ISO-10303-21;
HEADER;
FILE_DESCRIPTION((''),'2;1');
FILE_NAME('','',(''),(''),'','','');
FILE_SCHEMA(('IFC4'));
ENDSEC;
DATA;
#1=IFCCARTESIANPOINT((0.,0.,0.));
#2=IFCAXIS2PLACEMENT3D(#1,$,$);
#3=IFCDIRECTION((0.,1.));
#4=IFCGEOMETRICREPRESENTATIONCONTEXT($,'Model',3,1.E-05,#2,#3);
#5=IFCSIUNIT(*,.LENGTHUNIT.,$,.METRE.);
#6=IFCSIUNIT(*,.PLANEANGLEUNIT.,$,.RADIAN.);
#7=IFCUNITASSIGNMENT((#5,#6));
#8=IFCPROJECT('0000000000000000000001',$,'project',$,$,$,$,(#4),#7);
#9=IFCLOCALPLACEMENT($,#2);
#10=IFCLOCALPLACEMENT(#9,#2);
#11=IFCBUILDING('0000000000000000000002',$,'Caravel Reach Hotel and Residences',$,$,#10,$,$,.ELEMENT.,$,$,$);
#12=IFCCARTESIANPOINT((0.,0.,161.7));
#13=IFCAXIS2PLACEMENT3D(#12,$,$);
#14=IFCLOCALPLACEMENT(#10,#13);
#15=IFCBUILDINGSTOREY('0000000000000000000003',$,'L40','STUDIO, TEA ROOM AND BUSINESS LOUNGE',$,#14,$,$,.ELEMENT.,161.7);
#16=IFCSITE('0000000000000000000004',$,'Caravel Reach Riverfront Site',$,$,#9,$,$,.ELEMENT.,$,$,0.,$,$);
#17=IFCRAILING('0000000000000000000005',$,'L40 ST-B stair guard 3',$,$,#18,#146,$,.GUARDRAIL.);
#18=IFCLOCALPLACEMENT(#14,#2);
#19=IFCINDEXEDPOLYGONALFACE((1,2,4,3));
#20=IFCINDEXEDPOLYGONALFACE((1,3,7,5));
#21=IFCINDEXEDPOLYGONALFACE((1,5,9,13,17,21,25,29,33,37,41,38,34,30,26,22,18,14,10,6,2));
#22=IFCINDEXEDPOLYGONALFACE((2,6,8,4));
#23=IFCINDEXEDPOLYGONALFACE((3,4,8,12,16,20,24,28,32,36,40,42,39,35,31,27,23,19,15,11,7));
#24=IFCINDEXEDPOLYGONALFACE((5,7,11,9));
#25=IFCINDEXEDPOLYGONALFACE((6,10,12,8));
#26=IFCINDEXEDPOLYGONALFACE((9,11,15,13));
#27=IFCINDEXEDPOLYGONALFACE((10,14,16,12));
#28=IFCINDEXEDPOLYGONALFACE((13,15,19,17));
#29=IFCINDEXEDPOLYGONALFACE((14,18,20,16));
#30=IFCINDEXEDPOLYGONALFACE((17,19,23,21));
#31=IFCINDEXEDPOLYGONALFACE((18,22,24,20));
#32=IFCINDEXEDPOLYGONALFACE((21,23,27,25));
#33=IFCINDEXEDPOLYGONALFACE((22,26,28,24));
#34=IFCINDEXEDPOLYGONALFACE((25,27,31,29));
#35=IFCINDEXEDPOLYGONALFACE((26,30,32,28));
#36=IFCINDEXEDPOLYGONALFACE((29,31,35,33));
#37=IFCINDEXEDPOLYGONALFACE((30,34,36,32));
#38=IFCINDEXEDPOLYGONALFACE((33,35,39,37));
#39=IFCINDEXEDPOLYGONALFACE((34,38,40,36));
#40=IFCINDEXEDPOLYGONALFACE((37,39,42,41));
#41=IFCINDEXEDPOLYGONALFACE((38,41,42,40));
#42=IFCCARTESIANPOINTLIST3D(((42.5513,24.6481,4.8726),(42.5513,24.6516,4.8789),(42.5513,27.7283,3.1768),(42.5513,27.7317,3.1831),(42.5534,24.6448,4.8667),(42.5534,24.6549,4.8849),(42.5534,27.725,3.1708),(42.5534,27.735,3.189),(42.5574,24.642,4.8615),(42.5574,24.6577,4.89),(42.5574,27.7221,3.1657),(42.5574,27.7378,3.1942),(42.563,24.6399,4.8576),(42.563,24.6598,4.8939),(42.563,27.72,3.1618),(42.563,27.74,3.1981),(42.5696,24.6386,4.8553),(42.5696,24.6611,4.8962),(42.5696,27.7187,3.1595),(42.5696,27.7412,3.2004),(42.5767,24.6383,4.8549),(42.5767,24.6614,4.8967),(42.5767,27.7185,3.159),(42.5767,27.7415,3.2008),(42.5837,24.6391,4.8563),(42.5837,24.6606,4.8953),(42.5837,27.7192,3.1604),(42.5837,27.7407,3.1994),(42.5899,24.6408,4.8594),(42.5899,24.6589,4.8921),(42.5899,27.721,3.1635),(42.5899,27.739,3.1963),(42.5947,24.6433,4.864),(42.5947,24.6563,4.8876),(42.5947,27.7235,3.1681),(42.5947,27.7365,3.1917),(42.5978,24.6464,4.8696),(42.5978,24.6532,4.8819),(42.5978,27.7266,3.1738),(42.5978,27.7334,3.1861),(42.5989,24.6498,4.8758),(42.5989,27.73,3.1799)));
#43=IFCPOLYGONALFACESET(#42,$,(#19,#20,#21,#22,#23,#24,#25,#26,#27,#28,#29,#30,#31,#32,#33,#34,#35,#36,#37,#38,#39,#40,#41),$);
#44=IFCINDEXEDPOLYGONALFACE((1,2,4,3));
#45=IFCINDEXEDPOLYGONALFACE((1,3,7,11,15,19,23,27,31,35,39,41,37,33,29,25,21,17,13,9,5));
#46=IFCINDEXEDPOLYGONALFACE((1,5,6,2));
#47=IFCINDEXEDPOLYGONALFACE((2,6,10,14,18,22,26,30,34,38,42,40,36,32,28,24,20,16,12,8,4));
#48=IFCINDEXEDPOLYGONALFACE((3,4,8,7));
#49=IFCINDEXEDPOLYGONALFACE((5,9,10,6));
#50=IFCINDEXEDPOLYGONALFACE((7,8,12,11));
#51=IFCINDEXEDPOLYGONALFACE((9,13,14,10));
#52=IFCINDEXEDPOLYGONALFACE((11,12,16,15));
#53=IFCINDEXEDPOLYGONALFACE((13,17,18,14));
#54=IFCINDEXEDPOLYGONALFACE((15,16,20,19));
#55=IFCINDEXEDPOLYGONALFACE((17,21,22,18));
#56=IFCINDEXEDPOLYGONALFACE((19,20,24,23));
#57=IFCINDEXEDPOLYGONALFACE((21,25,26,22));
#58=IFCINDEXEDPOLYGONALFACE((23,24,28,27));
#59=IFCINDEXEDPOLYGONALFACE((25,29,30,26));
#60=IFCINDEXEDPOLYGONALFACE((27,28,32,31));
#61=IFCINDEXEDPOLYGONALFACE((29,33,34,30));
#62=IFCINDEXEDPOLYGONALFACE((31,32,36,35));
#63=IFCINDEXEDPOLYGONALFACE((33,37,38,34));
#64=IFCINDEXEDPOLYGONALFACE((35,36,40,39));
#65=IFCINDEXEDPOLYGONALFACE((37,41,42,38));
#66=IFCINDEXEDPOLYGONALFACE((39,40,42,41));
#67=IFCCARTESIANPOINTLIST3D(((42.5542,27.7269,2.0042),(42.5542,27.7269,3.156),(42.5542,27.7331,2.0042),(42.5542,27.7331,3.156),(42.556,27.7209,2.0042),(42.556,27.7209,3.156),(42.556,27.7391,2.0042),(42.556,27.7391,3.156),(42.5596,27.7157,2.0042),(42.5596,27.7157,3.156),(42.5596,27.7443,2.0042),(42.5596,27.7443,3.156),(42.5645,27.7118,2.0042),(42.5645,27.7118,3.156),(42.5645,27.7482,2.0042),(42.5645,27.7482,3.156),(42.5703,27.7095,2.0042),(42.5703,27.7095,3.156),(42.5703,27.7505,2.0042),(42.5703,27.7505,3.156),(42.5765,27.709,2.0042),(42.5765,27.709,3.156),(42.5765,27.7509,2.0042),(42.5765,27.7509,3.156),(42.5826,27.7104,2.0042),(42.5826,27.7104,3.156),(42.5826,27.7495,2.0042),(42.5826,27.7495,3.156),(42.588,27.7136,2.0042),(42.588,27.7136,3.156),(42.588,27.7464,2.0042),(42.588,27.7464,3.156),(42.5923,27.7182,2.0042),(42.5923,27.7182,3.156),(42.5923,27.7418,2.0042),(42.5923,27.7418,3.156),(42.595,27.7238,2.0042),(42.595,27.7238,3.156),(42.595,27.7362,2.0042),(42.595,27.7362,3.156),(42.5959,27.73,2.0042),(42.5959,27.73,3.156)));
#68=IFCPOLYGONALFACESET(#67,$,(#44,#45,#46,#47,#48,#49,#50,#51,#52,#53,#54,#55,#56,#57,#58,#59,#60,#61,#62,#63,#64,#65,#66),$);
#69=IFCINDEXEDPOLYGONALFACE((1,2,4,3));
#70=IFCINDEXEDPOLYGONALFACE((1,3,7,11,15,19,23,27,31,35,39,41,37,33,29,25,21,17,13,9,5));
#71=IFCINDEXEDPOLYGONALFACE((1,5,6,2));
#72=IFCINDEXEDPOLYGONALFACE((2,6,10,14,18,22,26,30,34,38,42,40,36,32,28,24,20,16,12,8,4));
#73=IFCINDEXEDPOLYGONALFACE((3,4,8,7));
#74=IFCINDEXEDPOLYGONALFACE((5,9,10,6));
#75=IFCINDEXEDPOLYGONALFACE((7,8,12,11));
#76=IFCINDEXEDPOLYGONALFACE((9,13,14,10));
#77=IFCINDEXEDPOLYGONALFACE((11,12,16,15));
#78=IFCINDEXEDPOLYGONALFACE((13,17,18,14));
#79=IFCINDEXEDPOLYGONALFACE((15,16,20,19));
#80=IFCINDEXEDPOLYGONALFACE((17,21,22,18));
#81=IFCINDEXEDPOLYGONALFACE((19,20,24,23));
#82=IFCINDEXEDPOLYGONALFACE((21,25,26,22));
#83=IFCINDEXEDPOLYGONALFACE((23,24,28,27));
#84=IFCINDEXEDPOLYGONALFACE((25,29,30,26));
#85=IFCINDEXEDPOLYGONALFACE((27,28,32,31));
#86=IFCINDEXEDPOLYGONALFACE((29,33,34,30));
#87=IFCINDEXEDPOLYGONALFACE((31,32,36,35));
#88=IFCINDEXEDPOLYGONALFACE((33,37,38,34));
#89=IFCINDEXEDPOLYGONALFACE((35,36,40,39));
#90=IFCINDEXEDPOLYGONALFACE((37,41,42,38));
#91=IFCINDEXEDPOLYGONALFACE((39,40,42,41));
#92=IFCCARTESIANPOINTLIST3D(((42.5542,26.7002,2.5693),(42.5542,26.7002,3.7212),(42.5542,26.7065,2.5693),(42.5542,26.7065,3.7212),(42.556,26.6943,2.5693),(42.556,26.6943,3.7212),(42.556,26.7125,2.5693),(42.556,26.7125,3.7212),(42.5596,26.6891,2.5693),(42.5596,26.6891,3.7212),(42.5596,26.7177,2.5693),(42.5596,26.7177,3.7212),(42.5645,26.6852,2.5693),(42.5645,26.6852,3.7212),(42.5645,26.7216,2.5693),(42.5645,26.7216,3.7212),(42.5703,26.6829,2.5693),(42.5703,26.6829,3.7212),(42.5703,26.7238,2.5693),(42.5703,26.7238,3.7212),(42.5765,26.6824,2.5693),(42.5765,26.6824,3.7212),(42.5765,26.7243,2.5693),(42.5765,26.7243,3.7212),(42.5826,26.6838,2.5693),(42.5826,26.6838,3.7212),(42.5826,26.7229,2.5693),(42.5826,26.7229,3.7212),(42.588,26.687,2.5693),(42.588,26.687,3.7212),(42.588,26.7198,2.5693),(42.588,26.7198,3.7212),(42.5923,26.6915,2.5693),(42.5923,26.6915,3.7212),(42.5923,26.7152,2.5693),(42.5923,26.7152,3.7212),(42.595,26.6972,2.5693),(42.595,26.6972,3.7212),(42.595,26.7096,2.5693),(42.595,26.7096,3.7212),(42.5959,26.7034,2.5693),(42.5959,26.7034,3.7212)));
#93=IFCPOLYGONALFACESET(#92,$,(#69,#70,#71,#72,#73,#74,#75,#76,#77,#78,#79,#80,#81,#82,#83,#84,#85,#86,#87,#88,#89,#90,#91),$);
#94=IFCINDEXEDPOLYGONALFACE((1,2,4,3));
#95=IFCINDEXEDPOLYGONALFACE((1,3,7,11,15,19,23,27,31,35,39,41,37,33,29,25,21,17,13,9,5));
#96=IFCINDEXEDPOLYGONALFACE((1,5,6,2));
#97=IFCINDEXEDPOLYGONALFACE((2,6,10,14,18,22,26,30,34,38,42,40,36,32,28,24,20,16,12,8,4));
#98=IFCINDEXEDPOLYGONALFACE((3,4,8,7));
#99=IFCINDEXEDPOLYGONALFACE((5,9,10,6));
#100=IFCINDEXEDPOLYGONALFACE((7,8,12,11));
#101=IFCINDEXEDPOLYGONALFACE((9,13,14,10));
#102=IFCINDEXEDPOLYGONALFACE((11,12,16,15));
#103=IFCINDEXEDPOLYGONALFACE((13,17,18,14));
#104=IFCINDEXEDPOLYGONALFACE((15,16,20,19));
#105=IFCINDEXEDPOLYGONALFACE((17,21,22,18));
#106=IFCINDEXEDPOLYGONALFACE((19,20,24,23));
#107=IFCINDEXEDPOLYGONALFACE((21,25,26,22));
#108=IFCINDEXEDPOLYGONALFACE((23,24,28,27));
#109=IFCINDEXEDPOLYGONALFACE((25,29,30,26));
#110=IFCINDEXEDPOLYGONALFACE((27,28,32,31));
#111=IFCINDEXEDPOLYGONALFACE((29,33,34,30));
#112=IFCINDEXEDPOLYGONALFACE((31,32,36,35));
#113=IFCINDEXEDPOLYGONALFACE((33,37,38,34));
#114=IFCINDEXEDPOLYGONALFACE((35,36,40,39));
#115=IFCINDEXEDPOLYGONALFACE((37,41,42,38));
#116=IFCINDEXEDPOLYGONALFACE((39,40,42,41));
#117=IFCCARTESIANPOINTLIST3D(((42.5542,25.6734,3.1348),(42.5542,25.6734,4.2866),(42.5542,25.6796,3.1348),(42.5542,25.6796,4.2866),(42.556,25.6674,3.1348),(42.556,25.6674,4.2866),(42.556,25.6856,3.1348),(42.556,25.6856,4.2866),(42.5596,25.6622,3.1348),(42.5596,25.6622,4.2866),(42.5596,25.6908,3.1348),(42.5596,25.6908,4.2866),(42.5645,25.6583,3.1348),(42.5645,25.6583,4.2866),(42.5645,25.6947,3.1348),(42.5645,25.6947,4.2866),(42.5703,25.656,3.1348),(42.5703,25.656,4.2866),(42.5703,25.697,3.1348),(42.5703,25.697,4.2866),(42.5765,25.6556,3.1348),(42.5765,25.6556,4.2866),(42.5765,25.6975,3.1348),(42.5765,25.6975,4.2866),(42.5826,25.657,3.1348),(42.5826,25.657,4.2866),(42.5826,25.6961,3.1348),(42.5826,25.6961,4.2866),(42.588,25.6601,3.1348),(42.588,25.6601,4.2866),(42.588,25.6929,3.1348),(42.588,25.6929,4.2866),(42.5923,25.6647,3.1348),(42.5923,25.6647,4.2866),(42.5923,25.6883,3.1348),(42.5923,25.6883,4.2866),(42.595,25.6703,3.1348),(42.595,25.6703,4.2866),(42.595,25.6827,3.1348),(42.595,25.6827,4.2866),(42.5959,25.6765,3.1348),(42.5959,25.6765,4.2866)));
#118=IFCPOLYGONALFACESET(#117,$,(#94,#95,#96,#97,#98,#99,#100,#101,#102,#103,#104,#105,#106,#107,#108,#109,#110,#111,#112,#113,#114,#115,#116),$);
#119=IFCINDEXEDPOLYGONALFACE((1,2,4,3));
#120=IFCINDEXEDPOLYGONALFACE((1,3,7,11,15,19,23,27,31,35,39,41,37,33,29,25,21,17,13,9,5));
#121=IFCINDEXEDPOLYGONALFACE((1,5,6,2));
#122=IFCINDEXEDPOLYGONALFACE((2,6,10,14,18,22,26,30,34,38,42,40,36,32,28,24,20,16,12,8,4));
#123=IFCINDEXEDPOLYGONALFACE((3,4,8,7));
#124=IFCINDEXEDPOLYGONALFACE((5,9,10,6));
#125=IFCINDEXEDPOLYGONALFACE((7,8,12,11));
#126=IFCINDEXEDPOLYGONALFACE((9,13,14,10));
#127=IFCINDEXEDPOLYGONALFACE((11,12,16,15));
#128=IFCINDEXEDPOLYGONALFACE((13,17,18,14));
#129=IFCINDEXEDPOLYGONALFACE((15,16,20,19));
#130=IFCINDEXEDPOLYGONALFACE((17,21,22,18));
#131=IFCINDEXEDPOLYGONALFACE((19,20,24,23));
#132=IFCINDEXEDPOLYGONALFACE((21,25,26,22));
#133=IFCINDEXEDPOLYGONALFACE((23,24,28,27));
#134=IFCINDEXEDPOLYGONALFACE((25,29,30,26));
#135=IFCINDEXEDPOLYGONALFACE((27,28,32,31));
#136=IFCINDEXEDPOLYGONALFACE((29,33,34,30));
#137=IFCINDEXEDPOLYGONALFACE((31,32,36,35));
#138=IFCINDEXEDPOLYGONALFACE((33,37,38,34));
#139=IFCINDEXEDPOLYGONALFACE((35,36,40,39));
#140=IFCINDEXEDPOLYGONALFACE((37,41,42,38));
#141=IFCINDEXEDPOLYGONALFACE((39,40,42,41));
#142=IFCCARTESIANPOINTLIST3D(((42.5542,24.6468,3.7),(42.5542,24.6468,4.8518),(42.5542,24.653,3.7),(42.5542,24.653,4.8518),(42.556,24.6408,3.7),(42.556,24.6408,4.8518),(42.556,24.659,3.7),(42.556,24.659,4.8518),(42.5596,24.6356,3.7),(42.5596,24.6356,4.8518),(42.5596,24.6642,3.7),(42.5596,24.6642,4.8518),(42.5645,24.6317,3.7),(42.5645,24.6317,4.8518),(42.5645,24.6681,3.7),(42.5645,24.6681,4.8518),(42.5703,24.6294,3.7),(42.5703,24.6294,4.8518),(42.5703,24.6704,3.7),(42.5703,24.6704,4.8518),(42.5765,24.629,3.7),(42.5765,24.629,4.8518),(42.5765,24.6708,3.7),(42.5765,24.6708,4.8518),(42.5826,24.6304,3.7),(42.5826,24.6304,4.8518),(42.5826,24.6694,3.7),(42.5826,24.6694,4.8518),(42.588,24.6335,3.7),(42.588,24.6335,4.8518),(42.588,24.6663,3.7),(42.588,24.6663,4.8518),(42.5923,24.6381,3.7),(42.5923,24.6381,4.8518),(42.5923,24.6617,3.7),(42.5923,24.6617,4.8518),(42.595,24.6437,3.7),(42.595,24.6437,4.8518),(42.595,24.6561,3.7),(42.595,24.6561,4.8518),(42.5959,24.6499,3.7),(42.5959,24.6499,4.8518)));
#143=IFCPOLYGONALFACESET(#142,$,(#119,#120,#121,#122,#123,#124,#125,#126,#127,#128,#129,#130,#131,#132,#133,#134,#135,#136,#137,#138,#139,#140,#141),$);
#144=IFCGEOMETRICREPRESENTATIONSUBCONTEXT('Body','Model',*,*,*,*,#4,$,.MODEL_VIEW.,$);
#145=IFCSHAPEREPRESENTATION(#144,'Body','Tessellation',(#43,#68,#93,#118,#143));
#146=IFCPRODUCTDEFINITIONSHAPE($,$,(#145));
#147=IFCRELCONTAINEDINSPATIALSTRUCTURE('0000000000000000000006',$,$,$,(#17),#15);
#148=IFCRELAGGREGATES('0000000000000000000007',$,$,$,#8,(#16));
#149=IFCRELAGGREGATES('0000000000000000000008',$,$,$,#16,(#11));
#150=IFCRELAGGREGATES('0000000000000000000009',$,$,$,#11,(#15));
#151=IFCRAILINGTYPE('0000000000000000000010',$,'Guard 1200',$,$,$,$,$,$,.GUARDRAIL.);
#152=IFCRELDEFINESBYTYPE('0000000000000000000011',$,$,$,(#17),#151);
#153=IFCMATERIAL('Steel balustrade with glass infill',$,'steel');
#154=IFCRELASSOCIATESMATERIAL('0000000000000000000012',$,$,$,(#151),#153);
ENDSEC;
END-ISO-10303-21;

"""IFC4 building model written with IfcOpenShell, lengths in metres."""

from ifc_helpers import new_model, si_unit, direction, frame, origin, origin_2d, place, context, subcontext, project, spatial, circle, extrude, material, type_object, element, save


model = new_model("IFC4")

# Units and contexts
model_context = context("Model", 3, precision=1e-05, world=origin(), true_north=direction((0.0, 1.0)))
body_context = subcontext(model_context, "Body", "Model", "MODEL_VIEW")
ifc_project = project(units=[si_unit("LENGTHUNIT", "METRE"), si_unit("PLANEANGLEUNIT", "RADIAN")], contexts=[model_context])

# Site, building, storey
site_placement = place(None, origin())
site = spatial("IfcSite", under=ifc_project, at=site_placement, Name="Caravel Reach Riverfront Site", CompositionType="ELEMENT", RefElevation=0.0)
building_placement = place(site_placement, origin())
building = spatial("IfcBuilding", under=site, at=building_placement, Name="Caravel Reach Hotel and Residences", CompositionType="ELEMENT")
storey_placement = place(building_placement, frame((0.0, 0.0, 161.7)))
storey = spatial("IfcBuildingStorey", under=building, at=storey_placement, Name="L40", Description="STUDIO, TEA ROOM AND BUSINESS LOUNGE", CompositionType="ELEMENT", Elevation=161.7)

# Railing
ifc_material_1 = material(Name="Steel balustrade with glass infill", Category="steel")
railing_type_1 = type_object("IfcRailingType", Name="Guard 1200", PredefinedType="GUARDRAIL", material=ifc_material_1)
railing_1_placement = place(storey_placement, frame((42.575, 27.73, 2.0042)))
element("IfcRailing", 1, at=railing_1_placement, inside=storey, type_object=railing_type_1, Name="L40 ST-B stair guard 3", PredefinedType="GUARDRAIL", context=body_context, shape_type="SweptSolid", body=[
    extrude(circle(Radius=0.0239, at=origin_2d()), frame((0.0, 0.0, 1.1758), z_axis=(0.0, -0.876005, 0.482303), x_axis=(1.0, 0.0, 0.0)), (0.0, 0.0, 1.0), 3.5161),
    extrude(circle(Radius=0.021, at=origin_2d()), origin(), (0.0, 0.0, 1.0), 1.1519),
    extrude(circle(Radius=0.021, at=origin_2d()), frame((0.0, -1.0266, 0.5652)), (0.0, 0.0, 1.0), 1.1519),
    extrude(circle(Radius=0.021, at=origin_2d()), frame((0.0, -2.0535, 1.1306)), (0.0, 0.0, 1.0), 1.1519),
    extrude(circle(Radius=0.021, at=origin_2d()), frame((0.0, -3.0801, 1.6958)), (0.0, 0.0, 1.0), 1.1519),
])

save(model, "model.ifc")
